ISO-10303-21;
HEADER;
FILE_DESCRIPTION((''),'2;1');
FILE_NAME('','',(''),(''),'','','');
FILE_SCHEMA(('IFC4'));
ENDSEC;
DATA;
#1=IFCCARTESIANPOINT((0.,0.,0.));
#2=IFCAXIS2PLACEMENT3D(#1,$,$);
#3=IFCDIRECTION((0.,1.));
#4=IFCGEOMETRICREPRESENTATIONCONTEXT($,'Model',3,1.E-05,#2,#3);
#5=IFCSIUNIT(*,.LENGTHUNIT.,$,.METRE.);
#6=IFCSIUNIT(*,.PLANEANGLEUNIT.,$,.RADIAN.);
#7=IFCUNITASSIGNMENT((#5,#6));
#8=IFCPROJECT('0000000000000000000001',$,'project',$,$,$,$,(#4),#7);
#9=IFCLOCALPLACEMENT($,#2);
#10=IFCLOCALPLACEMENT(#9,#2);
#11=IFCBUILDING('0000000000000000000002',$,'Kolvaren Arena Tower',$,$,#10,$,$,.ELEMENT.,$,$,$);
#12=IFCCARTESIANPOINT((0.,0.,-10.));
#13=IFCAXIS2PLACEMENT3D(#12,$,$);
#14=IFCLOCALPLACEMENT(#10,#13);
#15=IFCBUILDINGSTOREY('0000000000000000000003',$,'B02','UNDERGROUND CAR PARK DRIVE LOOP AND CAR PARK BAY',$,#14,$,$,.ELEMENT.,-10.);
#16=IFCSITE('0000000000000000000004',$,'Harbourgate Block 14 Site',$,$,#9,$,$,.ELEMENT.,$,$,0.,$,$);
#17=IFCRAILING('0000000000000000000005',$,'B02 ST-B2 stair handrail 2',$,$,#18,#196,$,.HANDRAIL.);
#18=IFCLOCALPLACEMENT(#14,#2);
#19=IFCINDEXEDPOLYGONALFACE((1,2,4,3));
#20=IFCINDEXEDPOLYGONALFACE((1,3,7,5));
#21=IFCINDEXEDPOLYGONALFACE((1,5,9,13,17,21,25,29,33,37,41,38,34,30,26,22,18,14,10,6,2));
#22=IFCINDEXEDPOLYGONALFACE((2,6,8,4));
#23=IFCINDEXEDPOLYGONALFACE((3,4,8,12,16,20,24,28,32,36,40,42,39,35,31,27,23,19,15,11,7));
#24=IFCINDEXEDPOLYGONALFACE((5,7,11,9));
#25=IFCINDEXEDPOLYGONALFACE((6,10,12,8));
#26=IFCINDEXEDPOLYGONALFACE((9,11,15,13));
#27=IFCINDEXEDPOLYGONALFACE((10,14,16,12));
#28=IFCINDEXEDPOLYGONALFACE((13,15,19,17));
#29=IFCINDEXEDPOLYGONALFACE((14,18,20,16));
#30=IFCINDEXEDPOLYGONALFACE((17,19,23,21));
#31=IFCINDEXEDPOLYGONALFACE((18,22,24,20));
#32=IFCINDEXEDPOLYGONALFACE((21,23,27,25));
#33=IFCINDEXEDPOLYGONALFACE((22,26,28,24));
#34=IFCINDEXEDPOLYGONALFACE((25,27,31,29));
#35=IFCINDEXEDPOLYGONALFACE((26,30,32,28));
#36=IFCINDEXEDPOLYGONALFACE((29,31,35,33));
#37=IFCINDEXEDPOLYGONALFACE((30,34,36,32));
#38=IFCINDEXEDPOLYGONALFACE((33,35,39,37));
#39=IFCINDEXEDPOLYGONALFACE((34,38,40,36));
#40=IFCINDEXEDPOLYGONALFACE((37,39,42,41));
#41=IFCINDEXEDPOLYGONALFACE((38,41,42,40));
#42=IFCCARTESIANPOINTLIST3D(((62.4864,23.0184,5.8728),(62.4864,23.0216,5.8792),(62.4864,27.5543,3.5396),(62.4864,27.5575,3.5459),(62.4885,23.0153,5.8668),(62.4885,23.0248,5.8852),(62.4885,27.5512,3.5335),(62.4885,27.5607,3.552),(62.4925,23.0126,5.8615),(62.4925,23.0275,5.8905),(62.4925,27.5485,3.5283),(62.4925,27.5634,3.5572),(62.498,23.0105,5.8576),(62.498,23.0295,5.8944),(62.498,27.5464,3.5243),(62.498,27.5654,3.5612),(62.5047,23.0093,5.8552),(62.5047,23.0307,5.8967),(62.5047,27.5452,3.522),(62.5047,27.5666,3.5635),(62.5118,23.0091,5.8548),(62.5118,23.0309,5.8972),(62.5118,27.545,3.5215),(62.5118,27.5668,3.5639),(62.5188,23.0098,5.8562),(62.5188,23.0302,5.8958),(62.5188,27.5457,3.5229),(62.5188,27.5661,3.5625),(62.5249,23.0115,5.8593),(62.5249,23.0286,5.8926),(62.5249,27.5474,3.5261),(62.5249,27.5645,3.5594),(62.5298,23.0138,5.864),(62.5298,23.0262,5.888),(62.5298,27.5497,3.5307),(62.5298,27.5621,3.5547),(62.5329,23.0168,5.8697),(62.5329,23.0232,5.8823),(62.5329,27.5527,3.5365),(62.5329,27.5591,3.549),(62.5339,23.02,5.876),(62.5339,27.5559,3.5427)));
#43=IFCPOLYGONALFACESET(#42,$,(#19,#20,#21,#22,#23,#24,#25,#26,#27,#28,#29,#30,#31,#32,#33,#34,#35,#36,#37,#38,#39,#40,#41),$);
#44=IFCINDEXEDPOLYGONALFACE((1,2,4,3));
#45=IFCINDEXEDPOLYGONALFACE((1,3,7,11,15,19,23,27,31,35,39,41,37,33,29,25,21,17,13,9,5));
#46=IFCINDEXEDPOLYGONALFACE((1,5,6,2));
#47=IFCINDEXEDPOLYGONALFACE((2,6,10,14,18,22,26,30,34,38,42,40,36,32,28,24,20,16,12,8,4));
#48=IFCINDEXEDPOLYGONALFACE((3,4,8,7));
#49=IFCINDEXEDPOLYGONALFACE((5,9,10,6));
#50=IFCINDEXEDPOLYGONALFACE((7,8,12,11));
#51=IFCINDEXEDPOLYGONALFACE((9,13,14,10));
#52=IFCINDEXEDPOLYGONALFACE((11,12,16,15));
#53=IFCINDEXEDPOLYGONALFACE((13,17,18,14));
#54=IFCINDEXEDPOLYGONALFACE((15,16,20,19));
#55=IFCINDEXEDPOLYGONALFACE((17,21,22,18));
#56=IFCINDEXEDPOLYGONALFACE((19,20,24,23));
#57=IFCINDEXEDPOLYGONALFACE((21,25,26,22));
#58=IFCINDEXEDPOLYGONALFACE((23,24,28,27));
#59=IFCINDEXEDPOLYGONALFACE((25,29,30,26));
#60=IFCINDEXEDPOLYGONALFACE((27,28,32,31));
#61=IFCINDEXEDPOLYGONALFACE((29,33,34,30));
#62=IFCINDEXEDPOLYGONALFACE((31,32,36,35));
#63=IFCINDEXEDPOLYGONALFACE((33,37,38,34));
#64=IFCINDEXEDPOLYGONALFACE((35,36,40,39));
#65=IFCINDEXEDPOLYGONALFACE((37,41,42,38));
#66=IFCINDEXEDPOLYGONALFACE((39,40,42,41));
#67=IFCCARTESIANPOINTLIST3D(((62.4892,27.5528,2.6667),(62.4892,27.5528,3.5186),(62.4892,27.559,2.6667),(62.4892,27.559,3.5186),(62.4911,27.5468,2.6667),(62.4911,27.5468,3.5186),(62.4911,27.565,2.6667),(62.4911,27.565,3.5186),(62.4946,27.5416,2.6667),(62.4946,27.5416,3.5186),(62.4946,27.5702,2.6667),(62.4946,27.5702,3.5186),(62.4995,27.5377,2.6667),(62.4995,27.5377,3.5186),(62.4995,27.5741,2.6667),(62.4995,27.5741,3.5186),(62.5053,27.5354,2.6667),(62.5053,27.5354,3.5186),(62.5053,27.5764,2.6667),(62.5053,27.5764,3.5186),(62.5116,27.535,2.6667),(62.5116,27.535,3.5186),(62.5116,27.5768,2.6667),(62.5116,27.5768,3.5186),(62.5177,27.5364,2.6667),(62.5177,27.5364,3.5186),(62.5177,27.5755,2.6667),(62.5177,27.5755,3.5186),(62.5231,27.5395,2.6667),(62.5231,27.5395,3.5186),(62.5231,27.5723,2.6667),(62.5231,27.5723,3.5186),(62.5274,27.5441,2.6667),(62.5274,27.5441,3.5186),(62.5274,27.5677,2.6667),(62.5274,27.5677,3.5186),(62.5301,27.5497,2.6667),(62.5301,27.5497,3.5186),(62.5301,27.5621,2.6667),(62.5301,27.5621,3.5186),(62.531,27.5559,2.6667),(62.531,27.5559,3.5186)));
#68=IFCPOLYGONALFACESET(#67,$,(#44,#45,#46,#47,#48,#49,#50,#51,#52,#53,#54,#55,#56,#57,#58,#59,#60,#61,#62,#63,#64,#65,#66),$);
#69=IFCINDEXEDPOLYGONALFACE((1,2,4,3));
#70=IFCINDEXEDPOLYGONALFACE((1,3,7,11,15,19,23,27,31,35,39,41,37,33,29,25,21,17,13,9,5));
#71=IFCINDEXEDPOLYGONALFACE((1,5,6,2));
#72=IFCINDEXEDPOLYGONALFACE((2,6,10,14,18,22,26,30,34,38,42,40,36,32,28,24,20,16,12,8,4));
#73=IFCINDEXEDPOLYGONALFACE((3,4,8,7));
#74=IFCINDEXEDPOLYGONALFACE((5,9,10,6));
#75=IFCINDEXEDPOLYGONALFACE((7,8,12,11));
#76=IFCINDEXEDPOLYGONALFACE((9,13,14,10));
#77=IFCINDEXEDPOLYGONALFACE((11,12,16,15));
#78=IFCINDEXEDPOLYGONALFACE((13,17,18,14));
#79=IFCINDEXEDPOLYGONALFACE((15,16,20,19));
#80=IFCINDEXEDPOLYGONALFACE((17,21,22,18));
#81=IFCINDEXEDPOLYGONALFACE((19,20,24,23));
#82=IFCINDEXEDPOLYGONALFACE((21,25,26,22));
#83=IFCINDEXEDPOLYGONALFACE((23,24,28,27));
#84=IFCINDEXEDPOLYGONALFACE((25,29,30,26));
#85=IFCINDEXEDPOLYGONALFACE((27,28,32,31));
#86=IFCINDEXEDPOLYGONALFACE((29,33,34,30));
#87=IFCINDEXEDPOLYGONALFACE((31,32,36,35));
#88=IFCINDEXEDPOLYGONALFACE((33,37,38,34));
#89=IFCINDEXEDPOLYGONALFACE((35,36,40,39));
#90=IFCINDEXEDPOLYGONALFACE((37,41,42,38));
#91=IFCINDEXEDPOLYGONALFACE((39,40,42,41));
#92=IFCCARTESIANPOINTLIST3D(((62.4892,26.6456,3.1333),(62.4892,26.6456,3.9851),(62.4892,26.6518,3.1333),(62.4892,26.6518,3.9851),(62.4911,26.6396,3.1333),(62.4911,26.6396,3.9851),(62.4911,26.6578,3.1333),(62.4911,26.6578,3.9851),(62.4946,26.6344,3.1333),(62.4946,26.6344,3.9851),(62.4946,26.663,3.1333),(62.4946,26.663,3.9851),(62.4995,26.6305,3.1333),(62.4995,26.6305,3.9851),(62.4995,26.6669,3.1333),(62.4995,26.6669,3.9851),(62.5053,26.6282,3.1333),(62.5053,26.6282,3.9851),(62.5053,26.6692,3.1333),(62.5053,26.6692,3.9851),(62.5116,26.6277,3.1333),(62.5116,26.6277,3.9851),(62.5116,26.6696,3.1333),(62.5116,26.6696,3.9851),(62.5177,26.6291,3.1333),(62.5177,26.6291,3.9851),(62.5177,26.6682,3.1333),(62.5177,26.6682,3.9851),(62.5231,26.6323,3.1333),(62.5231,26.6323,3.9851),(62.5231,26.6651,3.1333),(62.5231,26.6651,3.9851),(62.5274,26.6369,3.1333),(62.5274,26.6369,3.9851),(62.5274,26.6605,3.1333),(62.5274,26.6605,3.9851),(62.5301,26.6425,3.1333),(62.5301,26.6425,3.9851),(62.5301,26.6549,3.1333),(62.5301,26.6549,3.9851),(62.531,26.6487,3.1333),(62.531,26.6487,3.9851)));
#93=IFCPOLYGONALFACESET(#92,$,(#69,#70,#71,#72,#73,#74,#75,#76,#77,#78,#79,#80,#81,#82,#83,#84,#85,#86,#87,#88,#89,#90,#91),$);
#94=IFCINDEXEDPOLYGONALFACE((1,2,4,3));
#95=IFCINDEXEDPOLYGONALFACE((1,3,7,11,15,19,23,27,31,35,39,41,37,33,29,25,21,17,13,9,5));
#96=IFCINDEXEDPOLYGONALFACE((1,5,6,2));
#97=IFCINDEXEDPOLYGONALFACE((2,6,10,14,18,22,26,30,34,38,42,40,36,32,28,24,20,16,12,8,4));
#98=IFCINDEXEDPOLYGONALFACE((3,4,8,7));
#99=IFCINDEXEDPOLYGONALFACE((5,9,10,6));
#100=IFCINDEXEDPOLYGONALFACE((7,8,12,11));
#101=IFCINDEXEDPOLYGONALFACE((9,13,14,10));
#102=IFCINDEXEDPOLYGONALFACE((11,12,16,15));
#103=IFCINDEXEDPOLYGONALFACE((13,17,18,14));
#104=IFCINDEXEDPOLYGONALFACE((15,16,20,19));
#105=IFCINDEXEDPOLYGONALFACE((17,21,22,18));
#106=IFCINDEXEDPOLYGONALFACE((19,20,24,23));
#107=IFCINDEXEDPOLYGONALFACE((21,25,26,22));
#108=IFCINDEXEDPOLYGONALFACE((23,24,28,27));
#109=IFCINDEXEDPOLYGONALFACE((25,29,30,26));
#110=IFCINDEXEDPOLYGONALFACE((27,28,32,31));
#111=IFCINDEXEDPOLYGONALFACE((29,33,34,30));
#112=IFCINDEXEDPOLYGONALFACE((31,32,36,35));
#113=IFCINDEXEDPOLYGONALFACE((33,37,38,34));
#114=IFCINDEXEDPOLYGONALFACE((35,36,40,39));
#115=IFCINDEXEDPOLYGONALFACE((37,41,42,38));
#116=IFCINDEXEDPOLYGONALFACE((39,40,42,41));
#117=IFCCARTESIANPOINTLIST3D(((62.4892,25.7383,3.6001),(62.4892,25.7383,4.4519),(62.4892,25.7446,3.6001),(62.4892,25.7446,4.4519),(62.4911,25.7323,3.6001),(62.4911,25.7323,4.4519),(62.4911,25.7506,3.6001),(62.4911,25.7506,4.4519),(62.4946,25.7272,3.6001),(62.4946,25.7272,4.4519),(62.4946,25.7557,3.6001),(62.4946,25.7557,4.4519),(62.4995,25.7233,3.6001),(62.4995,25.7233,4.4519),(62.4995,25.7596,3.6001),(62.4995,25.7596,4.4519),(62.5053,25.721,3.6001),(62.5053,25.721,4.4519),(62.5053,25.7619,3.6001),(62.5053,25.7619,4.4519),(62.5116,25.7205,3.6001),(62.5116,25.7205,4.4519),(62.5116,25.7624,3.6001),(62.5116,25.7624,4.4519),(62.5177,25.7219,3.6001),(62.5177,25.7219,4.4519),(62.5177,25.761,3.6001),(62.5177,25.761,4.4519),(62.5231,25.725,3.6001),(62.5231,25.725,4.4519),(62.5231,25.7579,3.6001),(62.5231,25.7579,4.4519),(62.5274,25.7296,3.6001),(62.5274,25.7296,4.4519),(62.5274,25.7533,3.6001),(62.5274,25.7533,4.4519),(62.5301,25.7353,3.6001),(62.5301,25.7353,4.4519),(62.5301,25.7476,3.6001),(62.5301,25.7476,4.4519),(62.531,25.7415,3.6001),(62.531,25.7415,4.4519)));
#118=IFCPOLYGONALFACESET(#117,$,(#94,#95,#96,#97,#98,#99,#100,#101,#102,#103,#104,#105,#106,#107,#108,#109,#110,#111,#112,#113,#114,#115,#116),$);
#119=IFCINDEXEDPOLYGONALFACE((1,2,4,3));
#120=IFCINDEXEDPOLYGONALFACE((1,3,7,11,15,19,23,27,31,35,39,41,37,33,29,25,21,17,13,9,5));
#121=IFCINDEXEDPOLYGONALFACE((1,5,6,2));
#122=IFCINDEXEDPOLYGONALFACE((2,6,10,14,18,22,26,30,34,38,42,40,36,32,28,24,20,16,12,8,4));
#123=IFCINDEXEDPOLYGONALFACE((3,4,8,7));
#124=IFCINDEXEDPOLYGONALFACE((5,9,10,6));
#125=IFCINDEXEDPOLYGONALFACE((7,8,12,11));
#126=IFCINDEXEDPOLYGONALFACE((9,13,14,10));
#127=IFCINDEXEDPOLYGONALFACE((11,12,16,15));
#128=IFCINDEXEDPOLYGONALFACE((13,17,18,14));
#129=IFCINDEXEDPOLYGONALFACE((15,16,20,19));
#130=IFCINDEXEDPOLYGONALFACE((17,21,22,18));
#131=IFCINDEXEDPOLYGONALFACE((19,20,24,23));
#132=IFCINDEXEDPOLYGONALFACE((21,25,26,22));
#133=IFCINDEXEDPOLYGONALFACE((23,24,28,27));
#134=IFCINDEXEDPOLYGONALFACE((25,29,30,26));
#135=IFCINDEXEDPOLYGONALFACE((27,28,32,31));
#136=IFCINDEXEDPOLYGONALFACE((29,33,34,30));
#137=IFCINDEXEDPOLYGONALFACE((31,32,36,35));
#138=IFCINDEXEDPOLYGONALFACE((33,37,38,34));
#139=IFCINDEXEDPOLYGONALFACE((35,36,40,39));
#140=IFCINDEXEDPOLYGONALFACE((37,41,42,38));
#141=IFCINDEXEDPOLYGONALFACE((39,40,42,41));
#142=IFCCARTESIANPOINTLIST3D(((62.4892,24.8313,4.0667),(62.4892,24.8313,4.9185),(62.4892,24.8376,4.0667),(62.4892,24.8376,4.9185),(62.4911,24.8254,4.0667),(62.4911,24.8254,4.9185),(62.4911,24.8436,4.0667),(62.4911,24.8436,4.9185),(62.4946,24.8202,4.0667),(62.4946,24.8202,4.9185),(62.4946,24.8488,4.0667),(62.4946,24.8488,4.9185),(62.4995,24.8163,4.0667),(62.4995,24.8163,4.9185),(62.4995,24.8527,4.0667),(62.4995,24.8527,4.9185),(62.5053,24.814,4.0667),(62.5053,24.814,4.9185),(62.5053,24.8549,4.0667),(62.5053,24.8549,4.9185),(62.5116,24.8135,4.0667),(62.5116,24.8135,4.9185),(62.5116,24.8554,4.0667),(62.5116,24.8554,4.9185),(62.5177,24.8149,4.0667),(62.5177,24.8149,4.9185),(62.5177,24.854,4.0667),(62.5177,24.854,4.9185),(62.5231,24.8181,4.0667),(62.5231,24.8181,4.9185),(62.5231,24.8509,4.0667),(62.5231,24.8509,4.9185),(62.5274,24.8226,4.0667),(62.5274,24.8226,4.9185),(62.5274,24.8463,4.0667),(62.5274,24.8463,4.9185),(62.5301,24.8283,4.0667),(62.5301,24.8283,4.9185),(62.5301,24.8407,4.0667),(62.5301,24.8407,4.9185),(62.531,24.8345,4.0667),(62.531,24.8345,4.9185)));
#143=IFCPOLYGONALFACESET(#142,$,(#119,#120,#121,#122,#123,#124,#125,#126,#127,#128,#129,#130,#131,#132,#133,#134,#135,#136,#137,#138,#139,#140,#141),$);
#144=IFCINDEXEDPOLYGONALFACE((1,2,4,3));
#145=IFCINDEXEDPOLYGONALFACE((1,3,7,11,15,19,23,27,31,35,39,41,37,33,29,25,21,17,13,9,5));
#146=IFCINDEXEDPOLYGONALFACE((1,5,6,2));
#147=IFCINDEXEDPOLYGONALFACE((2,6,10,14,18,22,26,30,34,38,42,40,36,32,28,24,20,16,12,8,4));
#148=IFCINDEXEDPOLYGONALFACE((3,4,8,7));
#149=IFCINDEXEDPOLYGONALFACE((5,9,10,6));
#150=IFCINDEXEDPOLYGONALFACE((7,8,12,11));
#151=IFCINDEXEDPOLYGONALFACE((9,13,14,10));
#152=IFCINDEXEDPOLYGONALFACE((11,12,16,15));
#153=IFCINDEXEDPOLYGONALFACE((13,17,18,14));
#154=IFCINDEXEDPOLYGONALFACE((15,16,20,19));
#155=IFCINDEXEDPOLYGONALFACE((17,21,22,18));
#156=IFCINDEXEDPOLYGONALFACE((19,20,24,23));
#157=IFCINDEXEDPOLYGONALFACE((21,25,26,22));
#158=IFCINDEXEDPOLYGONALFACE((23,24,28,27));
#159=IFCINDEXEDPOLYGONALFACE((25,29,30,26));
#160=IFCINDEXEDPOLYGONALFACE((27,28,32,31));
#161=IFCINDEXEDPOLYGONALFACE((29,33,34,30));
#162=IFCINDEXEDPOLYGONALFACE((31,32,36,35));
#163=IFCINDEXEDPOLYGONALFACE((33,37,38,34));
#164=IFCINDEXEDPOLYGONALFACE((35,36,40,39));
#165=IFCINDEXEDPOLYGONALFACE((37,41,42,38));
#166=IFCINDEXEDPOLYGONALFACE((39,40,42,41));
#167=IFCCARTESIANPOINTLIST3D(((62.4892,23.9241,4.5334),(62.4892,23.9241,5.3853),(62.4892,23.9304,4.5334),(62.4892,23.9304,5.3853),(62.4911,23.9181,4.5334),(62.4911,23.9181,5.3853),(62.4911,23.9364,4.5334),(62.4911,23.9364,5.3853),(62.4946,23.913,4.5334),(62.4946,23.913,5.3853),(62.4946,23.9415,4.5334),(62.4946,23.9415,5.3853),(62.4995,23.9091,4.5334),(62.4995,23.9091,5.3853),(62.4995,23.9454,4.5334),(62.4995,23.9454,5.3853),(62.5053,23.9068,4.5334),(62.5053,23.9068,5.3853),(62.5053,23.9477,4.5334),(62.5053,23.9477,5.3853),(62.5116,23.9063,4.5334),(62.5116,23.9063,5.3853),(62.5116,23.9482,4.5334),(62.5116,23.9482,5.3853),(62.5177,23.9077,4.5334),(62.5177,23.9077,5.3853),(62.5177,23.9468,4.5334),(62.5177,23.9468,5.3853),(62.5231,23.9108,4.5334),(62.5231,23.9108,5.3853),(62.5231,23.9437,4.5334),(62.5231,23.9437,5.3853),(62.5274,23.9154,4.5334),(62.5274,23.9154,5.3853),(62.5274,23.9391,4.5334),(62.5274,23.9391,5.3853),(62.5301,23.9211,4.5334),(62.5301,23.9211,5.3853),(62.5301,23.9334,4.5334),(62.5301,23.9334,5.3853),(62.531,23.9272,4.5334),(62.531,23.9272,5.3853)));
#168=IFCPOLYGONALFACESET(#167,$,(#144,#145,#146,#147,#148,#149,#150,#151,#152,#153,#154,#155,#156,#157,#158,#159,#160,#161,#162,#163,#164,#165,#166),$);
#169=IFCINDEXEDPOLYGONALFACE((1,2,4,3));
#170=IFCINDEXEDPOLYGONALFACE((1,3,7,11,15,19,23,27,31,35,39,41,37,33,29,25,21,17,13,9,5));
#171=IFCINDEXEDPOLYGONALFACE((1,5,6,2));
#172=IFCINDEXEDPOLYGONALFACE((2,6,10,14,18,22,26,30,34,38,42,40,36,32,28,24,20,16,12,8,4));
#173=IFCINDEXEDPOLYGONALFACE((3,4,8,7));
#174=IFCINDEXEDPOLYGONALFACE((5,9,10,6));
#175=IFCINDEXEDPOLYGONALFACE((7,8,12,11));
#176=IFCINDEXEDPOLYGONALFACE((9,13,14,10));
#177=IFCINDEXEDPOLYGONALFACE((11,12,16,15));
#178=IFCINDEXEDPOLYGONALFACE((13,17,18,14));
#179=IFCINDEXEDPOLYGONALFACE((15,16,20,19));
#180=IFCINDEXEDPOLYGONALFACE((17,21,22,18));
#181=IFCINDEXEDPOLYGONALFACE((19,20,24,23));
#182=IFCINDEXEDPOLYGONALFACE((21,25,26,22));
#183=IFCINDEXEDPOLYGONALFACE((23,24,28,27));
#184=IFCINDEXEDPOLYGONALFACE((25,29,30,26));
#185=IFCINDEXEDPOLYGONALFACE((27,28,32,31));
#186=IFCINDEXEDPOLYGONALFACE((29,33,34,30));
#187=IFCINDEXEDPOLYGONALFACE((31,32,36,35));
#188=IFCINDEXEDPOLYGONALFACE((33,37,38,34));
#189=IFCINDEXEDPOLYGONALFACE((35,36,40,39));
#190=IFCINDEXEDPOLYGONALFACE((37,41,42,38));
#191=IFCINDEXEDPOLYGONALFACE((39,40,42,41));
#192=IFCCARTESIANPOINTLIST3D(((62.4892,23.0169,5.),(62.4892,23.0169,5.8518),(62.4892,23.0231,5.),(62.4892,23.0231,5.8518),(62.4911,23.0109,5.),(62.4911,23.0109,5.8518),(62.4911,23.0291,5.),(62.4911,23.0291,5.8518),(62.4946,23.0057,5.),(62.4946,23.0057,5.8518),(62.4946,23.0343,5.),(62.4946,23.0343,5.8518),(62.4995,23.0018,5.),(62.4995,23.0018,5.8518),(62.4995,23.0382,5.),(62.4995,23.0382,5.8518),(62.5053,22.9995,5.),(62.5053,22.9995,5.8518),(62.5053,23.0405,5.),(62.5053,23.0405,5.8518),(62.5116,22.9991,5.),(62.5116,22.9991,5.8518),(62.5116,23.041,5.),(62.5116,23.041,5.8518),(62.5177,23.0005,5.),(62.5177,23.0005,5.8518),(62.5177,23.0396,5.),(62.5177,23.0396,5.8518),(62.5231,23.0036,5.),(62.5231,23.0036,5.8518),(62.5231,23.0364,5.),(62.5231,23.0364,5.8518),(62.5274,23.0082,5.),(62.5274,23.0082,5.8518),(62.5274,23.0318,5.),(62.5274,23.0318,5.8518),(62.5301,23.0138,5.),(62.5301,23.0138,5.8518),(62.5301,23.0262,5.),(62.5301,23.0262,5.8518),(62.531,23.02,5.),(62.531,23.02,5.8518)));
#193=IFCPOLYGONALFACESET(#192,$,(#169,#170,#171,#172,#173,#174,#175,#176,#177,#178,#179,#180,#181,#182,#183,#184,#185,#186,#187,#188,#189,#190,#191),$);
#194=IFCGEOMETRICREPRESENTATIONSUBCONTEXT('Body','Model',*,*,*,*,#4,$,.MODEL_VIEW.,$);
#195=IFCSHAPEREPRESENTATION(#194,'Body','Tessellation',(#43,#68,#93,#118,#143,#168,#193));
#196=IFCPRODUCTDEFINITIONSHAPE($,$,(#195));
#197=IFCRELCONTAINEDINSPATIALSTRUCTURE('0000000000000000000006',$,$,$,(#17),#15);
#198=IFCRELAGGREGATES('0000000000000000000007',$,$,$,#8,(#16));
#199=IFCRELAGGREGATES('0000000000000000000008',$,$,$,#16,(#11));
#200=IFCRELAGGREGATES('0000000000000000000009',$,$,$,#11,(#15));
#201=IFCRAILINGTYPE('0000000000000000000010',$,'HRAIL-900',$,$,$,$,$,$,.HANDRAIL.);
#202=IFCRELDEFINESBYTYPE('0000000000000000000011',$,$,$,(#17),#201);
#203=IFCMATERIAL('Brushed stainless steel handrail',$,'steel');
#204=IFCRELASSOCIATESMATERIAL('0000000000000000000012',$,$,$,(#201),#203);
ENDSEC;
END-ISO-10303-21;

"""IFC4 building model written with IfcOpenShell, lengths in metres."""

from ifc_helpers import new_model, si_unit, direction, frame, origin, origin_2d, place, context, subcontext, project, spatial, circle, extrude, material, type_object, element, save


model = new_model("IFC4")

# Units and contexts
model_context = context("Model", 3, precision=1e-05, world=origin(), true_north=direction((0.0, 1.0)))
body_context = subcontext(model_context, "Body", "Model", "MODEL_VIEW")
ifc_project = project(units=[si_unit("LENGTHUNIT", "METRE"), si_unit("PLANEANGLEUNIT", "RADIAN")], contexts=[model_context])

# Site, building, storey
site_placement = place(None, origin())
site = spatial("IfcSite", under=ifc_project, at=site_placement, Name="Harbourgate Block 14 Site", CompositionType="ELEMENT", RefElevation=0.0)
building_placement = place(site_placement, origin())
building = spatial("IfcBuilding", under=site, at=building_placement, Name="Kolvaren Arena Tower", CompositionType="ELEMENT")
storey_placement = place(building_placement, frame((0.0, 0.0, -10.0)))
storey = spatial("IfcBuildingStorey", under=building, at=storey_placement, Name="B02", Description="UNDERGROUND CAR PARK DRIVE LOOP AND CAR PARK BAY", CompositionType="ELEMENT", Elevation=-10.0)

# Railing
ifc_material_1 = material(Name="Brushed stainless steel handrail", Category="steel")
railing_type_1 = type_object("IfcRailingType", Name="HRAIL-900", PredefinedType="HANDRAIL", material=ifc_material_1)
railing_1_placement = place(storey_placement, frame((62.51, 27.5559, 2.6667)))
element("IfcRailing", 1, at=railing_1_placement, inside=storey, type_object=railing_type_1, Name="B02 ST-B2 stair handrail 2", PredefinedType="HANDRAIL", context=body_context, shape_type="SweptSolid", body=[
    extrude(circle(Radius=0.0239, at=origin_2d()), frame((0.0, 0.0, 0.876), z_axis=(0.0, -0.889247, 0.457427), x_axis=(1.0, 0.0, 0.0)), (0.0, 0.0, 1.0), 5.1008),
    extrude(circle(Radius=0.021, at=origin_2d()), origin(), (0.0, 0.0, 1.0), 0.8518),
    extrude(circle(Radius=0.021, at=origin_2d()), frame((0.0, -0.9072, 0.4666)), (0.0, 0.0, 1.0), 0.8518),
    extrude(circle(Radius=0.021, at=origin_2d()), frame((0.0, -1.8145, 0.9333)), (0.0, 0.0, 1.0), 0.8518),
    extrude(circle(Radius=0.021, at=origin_2d()), frame((0.0, -2.7214, 1.3999)), (0.0, 0.0, 1.0), 0.8518),
    extrude(circle(Radius=0.021, at=origin_2d()), frame((0.0, -3.6287, 1.8667)), (0.0, 0.0, 1.0), 0.8518),
    extrude(circle(Radius=0.021, at=origin_2d()), frame((0.0, -4.5359, 2.3333)), (0.0, 0.0, 1.0), 0.8518),
])

save(model, "model.ifc")
